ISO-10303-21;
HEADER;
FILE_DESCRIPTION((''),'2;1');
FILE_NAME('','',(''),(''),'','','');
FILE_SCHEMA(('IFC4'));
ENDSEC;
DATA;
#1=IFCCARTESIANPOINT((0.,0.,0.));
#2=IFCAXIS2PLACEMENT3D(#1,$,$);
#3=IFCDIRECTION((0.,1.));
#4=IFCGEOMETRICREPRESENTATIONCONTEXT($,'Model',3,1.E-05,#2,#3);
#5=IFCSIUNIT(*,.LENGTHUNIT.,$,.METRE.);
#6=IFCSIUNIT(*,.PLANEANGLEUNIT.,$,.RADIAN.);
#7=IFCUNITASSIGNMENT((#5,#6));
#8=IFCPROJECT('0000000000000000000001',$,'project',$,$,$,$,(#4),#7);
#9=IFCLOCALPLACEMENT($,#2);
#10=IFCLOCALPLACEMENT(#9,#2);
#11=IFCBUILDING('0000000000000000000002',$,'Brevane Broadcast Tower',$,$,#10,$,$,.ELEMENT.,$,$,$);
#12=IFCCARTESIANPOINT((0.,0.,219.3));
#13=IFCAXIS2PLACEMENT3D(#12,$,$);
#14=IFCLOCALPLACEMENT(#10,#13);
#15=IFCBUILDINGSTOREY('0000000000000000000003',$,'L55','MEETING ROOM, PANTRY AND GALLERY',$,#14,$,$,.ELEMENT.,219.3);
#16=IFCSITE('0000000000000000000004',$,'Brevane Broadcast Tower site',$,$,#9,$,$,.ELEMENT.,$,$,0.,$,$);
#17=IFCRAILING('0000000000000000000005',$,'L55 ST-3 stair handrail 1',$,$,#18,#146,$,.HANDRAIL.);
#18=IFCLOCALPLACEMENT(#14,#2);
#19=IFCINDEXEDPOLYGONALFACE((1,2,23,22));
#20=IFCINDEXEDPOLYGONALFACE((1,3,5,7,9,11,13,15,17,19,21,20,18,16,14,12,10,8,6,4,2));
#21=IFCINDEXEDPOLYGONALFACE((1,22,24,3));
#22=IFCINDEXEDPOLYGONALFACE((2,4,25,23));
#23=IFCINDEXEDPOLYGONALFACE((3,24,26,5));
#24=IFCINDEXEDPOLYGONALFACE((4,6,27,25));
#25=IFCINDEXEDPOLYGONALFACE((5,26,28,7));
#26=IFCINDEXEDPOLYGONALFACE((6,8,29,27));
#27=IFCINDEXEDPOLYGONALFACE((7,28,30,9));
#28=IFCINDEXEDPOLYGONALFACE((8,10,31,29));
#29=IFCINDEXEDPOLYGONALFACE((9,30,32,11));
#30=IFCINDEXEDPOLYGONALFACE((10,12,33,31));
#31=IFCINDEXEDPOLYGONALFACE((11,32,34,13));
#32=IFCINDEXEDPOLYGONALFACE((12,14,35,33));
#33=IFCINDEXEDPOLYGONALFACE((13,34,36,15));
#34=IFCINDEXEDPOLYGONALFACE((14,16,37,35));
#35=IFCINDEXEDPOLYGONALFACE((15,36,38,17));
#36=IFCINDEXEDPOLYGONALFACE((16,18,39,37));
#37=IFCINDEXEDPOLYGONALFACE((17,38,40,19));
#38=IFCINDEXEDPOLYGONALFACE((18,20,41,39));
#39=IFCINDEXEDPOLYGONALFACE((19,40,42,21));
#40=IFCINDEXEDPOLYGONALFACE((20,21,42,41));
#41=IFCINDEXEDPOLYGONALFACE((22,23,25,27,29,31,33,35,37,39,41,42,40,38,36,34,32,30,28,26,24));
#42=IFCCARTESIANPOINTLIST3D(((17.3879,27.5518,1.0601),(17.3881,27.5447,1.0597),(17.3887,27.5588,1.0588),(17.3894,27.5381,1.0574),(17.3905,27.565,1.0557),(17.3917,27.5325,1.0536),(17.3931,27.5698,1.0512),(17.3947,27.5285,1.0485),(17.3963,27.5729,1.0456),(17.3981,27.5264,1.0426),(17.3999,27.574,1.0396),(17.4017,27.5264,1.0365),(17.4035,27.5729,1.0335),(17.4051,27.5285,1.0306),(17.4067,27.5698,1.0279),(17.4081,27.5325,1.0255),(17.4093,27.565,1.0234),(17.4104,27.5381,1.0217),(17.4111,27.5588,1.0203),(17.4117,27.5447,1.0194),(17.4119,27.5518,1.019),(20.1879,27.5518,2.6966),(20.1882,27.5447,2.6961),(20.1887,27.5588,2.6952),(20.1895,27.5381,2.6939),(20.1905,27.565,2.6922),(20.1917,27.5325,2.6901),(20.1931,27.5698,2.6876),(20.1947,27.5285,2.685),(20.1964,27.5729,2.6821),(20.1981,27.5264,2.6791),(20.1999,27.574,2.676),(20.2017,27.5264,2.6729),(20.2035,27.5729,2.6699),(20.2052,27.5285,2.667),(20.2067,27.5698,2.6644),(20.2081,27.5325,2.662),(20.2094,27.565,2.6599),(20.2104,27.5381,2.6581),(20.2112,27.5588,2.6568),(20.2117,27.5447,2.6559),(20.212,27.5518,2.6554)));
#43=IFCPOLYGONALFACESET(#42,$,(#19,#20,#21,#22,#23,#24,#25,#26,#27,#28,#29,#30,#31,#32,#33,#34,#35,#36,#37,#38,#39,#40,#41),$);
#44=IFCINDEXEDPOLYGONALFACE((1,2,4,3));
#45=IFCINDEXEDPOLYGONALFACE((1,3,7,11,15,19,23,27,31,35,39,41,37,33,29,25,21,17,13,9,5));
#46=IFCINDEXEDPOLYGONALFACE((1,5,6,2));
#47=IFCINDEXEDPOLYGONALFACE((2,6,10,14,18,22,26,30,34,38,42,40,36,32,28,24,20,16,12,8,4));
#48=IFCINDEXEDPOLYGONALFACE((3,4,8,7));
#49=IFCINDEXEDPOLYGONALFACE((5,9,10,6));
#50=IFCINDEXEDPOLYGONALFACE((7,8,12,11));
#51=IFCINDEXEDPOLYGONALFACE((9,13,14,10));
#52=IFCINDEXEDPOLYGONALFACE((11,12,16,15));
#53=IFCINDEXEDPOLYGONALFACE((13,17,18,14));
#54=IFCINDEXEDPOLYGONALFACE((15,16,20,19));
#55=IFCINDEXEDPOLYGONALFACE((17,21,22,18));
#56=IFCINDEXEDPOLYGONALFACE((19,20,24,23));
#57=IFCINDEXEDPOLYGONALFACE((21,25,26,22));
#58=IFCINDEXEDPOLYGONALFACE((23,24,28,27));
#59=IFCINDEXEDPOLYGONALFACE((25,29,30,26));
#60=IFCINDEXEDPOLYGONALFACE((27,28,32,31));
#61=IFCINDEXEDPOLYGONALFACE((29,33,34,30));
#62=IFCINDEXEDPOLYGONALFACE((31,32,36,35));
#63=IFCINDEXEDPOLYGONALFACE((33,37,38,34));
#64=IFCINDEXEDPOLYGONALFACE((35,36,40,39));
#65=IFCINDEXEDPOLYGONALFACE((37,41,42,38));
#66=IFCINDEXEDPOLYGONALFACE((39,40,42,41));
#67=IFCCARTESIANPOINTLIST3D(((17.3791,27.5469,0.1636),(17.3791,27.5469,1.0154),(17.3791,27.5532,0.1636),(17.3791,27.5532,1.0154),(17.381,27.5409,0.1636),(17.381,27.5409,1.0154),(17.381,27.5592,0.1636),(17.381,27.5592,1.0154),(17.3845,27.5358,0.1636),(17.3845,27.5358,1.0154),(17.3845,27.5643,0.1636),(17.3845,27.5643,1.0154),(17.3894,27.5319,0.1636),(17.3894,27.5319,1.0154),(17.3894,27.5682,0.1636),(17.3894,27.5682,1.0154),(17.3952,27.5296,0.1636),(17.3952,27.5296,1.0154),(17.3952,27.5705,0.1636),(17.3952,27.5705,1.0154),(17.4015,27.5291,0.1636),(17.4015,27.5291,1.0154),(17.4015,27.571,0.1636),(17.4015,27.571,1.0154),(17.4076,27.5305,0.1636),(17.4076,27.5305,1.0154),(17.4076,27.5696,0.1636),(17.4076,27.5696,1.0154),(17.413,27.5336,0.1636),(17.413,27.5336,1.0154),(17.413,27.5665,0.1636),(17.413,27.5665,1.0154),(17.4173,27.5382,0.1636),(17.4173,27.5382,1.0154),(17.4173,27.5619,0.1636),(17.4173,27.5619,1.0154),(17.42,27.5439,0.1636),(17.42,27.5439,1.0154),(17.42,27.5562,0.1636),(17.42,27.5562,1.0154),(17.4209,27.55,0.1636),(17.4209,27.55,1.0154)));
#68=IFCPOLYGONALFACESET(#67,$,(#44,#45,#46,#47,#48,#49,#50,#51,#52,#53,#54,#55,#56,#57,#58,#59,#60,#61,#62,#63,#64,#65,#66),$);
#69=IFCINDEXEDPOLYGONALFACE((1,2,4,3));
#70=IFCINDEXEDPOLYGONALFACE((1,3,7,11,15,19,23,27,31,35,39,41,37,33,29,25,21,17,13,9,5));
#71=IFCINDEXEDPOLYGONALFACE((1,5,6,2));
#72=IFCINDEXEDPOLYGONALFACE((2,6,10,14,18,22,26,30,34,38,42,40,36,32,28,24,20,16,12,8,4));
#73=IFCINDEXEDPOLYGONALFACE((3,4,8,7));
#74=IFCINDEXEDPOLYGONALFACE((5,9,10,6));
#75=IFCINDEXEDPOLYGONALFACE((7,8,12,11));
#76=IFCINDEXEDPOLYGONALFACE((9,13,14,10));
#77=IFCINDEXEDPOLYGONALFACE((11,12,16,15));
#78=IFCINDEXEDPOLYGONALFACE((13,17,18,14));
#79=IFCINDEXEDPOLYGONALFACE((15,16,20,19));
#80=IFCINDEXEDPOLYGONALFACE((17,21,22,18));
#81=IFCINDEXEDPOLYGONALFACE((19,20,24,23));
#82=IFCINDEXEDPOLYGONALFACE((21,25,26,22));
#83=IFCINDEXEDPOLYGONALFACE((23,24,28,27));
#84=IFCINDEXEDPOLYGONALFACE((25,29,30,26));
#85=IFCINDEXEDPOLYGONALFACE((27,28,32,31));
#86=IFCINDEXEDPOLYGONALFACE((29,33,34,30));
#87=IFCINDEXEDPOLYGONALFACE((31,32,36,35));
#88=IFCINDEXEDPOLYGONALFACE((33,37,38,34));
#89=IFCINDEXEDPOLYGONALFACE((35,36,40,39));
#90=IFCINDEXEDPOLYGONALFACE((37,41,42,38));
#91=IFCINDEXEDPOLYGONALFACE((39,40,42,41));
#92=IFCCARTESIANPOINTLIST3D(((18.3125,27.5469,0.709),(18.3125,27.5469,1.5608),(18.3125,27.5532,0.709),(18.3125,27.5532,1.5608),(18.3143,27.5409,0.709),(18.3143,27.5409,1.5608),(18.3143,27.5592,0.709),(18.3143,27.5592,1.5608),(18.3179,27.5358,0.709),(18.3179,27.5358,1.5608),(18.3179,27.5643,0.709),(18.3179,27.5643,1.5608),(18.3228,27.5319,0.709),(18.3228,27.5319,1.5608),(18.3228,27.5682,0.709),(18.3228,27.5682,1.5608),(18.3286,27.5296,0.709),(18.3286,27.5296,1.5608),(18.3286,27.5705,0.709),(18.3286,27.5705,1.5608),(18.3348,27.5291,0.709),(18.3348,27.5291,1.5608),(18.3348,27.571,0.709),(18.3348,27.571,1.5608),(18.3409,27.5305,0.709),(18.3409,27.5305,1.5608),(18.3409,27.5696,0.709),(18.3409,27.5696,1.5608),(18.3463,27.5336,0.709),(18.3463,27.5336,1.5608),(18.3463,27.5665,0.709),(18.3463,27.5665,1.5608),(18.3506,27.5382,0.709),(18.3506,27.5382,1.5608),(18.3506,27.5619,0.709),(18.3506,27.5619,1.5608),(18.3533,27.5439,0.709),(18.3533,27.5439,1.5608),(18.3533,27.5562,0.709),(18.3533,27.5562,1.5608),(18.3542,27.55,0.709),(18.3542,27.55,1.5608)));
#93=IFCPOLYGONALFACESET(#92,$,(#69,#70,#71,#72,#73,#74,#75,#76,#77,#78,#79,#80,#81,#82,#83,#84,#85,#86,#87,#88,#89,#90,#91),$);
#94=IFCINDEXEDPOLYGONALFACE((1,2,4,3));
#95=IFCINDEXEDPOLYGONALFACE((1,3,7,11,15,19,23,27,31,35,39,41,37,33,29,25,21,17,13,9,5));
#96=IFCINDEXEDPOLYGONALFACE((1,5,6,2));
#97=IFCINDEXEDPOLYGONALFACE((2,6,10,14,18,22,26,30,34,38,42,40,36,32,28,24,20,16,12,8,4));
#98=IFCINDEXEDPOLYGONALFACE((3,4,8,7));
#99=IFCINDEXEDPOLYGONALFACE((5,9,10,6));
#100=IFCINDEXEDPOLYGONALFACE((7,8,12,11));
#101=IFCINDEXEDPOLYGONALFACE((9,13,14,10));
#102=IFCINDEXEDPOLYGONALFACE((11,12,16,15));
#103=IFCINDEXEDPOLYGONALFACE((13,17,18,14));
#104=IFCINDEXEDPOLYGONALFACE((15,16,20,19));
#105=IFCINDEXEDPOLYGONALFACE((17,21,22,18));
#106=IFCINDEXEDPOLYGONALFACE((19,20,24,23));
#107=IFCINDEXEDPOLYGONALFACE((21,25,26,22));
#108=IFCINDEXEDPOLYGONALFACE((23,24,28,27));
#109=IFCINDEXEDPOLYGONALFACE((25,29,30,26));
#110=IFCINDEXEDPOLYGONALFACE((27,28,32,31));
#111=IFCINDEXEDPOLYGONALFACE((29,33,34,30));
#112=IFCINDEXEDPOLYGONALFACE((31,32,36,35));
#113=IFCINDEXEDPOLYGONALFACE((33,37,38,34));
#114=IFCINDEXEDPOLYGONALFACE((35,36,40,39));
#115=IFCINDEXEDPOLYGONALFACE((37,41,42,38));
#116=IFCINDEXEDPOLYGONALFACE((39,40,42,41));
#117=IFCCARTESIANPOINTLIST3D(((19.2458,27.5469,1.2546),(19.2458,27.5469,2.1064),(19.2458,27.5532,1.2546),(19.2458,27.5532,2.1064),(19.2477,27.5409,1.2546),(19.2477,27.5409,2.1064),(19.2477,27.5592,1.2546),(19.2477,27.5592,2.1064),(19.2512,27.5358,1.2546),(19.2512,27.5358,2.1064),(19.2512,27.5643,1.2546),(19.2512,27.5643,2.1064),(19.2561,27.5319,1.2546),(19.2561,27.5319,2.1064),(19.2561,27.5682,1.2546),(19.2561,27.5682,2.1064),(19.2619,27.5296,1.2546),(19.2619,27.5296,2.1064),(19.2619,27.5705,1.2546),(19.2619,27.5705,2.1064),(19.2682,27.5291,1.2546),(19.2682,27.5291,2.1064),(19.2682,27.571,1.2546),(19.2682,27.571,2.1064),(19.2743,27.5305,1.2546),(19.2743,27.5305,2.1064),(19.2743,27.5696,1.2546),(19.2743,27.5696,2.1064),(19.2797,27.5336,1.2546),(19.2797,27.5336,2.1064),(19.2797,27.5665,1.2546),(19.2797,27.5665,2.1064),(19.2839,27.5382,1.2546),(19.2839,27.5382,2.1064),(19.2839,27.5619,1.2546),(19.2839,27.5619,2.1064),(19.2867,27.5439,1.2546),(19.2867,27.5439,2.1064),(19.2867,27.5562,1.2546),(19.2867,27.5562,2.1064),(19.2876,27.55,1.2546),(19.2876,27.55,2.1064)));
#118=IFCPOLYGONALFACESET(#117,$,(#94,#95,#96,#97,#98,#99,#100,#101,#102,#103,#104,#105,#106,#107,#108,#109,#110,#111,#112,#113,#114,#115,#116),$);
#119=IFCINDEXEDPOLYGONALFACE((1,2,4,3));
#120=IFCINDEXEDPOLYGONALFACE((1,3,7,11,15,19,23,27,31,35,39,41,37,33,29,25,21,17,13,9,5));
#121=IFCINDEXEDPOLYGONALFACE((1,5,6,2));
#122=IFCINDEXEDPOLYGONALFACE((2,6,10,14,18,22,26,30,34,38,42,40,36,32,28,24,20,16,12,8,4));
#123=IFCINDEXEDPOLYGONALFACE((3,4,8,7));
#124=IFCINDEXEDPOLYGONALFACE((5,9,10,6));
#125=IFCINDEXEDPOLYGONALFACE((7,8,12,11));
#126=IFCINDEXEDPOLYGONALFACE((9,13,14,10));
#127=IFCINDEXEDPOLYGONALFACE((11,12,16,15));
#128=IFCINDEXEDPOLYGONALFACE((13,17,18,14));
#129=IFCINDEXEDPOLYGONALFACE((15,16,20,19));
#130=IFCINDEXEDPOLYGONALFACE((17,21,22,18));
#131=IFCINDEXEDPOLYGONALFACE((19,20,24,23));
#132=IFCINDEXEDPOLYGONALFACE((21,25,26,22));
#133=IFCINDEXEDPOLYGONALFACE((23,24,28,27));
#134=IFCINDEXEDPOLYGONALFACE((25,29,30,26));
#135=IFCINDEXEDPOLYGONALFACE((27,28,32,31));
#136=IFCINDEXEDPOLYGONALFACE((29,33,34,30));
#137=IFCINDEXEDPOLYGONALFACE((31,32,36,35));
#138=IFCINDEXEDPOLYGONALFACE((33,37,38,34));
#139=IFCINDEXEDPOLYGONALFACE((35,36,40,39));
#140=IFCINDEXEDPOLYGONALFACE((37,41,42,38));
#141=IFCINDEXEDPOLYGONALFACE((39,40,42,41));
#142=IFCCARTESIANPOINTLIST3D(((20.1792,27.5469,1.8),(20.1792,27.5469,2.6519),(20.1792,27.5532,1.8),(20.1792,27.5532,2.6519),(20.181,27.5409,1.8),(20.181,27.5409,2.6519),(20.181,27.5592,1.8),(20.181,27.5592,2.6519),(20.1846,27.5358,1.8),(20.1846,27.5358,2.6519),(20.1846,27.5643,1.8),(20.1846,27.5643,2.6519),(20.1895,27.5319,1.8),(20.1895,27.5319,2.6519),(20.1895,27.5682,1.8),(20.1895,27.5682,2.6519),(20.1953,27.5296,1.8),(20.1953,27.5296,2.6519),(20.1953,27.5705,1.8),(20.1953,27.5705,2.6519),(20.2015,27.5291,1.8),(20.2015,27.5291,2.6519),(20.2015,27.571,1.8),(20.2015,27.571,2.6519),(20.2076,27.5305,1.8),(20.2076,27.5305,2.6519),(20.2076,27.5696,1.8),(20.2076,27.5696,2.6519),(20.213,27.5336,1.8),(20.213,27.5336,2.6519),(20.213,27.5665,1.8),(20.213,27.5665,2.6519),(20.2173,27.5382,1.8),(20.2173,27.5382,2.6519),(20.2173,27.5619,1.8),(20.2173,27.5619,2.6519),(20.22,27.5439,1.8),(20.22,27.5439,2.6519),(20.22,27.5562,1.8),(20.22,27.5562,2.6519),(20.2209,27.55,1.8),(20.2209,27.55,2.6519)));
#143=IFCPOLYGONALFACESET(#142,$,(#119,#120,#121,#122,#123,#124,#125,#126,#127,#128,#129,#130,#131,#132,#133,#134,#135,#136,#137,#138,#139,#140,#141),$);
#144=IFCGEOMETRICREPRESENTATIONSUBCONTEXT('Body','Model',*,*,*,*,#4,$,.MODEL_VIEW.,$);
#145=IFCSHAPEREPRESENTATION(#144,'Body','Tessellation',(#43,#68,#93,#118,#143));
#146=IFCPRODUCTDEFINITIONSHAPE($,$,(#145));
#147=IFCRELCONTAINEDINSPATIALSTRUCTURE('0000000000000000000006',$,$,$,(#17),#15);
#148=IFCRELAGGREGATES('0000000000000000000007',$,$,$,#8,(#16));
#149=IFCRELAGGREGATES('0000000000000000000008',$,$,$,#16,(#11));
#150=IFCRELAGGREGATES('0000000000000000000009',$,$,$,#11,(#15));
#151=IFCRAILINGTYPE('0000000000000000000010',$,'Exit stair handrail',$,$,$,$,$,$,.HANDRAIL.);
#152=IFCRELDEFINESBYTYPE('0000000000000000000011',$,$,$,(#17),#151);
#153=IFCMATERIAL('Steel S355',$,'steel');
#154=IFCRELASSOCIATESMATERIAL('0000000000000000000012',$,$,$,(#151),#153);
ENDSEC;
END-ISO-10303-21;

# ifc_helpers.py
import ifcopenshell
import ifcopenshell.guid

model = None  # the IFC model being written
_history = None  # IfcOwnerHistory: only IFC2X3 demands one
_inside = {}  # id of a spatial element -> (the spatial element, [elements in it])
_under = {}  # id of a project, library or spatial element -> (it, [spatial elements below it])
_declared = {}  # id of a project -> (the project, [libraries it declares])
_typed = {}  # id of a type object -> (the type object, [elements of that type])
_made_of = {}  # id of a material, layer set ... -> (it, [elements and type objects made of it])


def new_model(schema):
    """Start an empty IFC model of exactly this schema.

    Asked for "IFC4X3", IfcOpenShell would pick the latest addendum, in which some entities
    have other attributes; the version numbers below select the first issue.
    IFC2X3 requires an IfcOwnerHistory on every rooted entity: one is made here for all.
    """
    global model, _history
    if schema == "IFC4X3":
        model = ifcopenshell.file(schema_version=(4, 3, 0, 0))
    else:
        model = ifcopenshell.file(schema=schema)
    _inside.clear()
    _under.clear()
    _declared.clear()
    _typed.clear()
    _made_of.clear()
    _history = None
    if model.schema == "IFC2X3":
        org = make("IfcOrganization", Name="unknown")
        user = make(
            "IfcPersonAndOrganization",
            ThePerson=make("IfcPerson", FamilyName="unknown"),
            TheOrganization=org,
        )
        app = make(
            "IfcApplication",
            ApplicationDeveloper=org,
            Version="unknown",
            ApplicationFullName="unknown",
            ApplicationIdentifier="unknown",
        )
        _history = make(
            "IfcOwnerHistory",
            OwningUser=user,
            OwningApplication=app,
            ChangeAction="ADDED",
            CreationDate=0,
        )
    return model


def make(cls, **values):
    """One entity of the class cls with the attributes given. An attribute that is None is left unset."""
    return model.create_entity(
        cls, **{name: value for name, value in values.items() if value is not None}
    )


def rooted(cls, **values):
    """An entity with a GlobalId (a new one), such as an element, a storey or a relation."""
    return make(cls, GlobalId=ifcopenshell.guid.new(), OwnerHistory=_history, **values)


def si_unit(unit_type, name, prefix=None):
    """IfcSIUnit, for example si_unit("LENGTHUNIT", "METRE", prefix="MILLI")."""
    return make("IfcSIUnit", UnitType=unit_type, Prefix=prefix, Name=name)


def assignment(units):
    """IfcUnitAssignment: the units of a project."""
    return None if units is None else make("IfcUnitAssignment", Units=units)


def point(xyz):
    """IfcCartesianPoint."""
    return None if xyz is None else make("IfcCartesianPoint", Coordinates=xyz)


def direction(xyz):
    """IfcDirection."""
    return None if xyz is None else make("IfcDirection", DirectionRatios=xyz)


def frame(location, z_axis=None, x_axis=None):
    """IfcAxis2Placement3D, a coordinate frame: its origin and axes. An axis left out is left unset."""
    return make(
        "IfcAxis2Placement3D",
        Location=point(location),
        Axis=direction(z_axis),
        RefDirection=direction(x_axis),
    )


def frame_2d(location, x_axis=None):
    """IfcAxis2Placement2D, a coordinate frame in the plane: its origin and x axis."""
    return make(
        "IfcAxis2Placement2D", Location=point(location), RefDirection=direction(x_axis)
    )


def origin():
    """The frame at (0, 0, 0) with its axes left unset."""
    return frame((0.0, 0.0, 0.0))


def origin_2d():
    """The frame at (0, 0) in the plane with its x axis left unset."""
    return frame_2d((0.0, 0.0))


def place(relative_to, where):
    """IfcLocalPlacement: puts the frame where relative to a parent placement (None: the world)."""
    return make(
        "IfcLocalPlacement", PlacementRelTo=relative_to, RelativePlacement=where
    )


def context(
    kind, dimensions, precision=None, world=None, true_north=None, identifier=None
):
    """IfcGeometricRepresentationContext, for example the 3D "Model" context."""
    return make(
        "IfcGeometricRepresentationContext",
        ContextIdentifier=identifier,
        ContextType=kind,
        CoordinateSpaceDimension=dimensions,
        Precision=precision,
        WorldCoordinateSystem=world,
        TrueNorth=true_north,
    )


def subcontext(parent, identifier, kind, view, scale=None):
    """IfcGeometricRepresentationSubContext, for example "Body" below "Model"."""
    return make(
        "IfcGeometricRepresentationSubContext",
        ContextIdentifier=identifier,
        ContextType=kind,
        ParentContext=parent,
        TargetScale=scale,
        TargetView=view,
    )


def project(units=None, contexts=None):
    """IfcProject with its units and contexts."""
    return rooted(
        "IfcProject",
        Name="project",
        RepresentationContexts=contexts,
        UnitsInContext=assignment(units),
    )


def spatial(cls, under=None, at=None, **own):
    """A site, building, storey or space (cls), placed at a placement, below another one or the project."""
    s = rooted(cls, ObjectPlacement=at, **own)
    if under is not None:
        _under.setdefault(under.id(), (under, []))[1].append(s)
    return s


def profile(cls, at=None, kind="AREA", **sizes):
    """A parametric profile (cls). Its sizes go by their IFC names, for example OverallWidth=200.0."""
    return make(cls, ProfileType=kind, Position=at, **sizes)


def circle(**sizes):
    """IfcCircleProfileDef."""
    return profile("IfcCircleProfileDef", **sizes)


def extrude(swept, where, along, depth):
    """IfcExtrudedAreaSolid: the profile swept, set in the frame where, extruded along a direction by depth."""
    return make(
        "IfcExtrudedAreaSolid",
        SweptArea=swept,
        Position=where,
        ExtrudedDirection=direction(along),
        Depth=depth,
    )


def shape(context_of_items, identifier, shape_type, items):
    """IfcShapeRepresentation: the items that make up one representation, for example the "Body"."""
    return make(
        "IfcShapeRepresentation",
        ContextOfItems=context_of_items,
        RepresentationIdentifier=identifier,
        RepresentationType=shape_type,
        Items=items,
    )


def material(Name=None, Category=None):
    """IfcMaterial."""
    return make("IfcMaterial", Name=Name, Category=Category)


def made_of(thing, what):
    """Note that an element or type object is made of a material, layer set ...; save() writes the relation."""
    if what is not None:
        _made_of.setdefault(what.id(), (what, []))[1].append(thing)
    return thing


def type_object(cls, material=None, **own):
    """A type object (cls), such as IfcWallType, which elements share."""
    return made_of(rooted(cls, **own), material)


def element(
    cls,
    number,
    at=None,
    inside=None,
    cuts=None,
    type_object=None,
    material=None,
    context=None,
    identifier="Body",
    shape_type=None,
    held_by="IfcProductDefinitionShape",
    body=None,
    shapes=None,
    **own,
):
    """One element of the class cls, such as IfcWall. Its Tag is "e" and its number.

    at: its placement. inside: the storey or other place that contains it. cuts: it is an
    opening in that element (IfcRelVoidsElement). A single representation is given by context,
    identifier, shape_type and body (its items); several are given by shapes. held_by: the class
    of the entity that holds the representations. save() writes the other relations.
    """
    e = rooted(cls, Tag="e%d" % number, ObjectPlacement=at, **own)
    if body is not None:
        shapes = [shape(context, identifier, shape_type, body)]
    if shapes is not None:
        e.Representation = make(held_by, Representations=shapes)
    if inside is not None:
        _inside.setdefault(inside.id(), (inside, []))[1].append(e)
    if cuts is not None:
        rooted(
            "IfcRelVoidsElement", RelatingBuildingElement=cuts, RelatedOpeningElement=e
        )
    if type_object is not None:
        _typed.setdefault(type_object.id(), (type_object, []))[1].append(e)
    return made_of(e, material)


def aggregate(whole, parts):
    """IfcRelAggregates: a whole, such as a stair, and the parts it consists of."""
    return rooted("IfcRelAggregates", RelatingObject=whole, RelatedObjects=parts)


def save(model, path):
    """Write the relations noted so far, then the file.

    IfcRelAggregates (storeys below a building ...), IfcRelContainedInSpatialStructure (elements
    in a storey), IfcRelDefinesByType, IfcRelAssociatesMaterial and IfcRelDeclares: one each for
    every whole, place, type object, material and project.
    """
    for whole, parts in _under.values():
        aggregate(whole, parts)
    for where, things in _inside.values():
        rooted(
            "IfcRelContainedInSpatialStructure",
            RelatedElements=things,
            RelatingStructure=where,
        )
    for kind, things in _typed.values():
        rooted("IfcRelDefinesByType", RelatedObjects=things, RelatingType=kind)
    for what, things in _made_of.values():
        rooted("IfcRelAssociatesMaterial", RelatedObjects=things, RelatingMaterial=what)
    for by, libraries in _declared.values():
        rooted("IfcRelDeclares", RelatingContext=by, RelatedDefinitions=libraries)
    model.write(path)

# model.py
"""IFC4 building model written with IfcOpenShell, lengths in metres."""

from ifc_helpers import new_model, si_unit, direction, frame, origin, origin_2d, place, context, subcontext, project, spatial, circle, extrude, material, type_object, element, save


model = new_model("IFC4")

# Units and contexts
model_context = context("Model", 3, precision=1e-05, world=origin(), true_north=direction((0.0, 1.0)))
body_context = subcontext(model_context, "Body", "Model", "MODEL_VIEW")
ifc_project = project(units=[si_unit("LENGTHUNIT", "METRE"), si_unit("PLANEANGLEUNIT", "RADIAN")], contexts=[model_context])

# Site, building, storey
site_placement = place(None, origin())
site = spatial("IfcSite", under=ifc_project, at=site_placement, Name="Brevane Broadcast Tower site", CompositionType="ELEMENT", RefElevation=0.0)
building_placement = place(site_placement, origin())
building = spatial("IfcBuilding", under=site, at=building_placement, Name="Brevane Broadcast Tower", CompositionType="ELEMENT")
storey_placement = place(building_placement, frame((0.0, 0.0, 219.3)))
storey = spatial("IfcBuildingStorey", under=building, at=storey_placement, Name="L55", Description="MEETING ROOM, PANTRY AND GALLERY", CompositionType="ELEMENT", Elevation=219.3)

# Railing
ifc_material_1 = material(Name="Steel S355", Category="steel")
railing_type_1 = type_object("IfcRailingType", Name="Exit stair handrail", PredefinedType="HANDRAIL", material=ifc_material_1)
railing_1_placement = place(storey_placement, frame((17.3999, 27.55, 0.1636)))
element("IfcRailing", 1, at=railing_1_placement, inside=storey, type_object=railing_type_1, Name="L55 ST-3 stair handrail 1", PredefinedType="HANDRAIL", context=body_context, shape_type="SweptSolid", body=[
    extrude(circle(Radius=0.0239, at=origin_2d()), frame((0.0, 0.0, 0.876), z_axis=(0.863361, 0.0, 0.504587), x_axis=(0.0, 1.0, 0.0)), (0.0, 0.0, 1.0), 3.2432),
    extrude(circle(Radius=0.021, at=origin_2d()), origin(), (0.0, 0.0, 1.0), 0.8518),
    extrude(circle(Radius=0.021, at=origin_2d()), frame((0.9333, 0.0, 0.5454)), (0.0, 0.0, 1.0), 0.8518),
    extrude(circle(Radius=0.021, at=origin_2d()), frame((1.8667, 0.0, 1.0911)), (0.0, 0.0, 1.0), 0.8518),
    extrude(circle(Radius=0.021, at=origin_2d()), frame((2.8, 0.0, 1.6365)), (0.0, 0.0, 1.0), 0.8518),
])

save(model, "model.ifc")
